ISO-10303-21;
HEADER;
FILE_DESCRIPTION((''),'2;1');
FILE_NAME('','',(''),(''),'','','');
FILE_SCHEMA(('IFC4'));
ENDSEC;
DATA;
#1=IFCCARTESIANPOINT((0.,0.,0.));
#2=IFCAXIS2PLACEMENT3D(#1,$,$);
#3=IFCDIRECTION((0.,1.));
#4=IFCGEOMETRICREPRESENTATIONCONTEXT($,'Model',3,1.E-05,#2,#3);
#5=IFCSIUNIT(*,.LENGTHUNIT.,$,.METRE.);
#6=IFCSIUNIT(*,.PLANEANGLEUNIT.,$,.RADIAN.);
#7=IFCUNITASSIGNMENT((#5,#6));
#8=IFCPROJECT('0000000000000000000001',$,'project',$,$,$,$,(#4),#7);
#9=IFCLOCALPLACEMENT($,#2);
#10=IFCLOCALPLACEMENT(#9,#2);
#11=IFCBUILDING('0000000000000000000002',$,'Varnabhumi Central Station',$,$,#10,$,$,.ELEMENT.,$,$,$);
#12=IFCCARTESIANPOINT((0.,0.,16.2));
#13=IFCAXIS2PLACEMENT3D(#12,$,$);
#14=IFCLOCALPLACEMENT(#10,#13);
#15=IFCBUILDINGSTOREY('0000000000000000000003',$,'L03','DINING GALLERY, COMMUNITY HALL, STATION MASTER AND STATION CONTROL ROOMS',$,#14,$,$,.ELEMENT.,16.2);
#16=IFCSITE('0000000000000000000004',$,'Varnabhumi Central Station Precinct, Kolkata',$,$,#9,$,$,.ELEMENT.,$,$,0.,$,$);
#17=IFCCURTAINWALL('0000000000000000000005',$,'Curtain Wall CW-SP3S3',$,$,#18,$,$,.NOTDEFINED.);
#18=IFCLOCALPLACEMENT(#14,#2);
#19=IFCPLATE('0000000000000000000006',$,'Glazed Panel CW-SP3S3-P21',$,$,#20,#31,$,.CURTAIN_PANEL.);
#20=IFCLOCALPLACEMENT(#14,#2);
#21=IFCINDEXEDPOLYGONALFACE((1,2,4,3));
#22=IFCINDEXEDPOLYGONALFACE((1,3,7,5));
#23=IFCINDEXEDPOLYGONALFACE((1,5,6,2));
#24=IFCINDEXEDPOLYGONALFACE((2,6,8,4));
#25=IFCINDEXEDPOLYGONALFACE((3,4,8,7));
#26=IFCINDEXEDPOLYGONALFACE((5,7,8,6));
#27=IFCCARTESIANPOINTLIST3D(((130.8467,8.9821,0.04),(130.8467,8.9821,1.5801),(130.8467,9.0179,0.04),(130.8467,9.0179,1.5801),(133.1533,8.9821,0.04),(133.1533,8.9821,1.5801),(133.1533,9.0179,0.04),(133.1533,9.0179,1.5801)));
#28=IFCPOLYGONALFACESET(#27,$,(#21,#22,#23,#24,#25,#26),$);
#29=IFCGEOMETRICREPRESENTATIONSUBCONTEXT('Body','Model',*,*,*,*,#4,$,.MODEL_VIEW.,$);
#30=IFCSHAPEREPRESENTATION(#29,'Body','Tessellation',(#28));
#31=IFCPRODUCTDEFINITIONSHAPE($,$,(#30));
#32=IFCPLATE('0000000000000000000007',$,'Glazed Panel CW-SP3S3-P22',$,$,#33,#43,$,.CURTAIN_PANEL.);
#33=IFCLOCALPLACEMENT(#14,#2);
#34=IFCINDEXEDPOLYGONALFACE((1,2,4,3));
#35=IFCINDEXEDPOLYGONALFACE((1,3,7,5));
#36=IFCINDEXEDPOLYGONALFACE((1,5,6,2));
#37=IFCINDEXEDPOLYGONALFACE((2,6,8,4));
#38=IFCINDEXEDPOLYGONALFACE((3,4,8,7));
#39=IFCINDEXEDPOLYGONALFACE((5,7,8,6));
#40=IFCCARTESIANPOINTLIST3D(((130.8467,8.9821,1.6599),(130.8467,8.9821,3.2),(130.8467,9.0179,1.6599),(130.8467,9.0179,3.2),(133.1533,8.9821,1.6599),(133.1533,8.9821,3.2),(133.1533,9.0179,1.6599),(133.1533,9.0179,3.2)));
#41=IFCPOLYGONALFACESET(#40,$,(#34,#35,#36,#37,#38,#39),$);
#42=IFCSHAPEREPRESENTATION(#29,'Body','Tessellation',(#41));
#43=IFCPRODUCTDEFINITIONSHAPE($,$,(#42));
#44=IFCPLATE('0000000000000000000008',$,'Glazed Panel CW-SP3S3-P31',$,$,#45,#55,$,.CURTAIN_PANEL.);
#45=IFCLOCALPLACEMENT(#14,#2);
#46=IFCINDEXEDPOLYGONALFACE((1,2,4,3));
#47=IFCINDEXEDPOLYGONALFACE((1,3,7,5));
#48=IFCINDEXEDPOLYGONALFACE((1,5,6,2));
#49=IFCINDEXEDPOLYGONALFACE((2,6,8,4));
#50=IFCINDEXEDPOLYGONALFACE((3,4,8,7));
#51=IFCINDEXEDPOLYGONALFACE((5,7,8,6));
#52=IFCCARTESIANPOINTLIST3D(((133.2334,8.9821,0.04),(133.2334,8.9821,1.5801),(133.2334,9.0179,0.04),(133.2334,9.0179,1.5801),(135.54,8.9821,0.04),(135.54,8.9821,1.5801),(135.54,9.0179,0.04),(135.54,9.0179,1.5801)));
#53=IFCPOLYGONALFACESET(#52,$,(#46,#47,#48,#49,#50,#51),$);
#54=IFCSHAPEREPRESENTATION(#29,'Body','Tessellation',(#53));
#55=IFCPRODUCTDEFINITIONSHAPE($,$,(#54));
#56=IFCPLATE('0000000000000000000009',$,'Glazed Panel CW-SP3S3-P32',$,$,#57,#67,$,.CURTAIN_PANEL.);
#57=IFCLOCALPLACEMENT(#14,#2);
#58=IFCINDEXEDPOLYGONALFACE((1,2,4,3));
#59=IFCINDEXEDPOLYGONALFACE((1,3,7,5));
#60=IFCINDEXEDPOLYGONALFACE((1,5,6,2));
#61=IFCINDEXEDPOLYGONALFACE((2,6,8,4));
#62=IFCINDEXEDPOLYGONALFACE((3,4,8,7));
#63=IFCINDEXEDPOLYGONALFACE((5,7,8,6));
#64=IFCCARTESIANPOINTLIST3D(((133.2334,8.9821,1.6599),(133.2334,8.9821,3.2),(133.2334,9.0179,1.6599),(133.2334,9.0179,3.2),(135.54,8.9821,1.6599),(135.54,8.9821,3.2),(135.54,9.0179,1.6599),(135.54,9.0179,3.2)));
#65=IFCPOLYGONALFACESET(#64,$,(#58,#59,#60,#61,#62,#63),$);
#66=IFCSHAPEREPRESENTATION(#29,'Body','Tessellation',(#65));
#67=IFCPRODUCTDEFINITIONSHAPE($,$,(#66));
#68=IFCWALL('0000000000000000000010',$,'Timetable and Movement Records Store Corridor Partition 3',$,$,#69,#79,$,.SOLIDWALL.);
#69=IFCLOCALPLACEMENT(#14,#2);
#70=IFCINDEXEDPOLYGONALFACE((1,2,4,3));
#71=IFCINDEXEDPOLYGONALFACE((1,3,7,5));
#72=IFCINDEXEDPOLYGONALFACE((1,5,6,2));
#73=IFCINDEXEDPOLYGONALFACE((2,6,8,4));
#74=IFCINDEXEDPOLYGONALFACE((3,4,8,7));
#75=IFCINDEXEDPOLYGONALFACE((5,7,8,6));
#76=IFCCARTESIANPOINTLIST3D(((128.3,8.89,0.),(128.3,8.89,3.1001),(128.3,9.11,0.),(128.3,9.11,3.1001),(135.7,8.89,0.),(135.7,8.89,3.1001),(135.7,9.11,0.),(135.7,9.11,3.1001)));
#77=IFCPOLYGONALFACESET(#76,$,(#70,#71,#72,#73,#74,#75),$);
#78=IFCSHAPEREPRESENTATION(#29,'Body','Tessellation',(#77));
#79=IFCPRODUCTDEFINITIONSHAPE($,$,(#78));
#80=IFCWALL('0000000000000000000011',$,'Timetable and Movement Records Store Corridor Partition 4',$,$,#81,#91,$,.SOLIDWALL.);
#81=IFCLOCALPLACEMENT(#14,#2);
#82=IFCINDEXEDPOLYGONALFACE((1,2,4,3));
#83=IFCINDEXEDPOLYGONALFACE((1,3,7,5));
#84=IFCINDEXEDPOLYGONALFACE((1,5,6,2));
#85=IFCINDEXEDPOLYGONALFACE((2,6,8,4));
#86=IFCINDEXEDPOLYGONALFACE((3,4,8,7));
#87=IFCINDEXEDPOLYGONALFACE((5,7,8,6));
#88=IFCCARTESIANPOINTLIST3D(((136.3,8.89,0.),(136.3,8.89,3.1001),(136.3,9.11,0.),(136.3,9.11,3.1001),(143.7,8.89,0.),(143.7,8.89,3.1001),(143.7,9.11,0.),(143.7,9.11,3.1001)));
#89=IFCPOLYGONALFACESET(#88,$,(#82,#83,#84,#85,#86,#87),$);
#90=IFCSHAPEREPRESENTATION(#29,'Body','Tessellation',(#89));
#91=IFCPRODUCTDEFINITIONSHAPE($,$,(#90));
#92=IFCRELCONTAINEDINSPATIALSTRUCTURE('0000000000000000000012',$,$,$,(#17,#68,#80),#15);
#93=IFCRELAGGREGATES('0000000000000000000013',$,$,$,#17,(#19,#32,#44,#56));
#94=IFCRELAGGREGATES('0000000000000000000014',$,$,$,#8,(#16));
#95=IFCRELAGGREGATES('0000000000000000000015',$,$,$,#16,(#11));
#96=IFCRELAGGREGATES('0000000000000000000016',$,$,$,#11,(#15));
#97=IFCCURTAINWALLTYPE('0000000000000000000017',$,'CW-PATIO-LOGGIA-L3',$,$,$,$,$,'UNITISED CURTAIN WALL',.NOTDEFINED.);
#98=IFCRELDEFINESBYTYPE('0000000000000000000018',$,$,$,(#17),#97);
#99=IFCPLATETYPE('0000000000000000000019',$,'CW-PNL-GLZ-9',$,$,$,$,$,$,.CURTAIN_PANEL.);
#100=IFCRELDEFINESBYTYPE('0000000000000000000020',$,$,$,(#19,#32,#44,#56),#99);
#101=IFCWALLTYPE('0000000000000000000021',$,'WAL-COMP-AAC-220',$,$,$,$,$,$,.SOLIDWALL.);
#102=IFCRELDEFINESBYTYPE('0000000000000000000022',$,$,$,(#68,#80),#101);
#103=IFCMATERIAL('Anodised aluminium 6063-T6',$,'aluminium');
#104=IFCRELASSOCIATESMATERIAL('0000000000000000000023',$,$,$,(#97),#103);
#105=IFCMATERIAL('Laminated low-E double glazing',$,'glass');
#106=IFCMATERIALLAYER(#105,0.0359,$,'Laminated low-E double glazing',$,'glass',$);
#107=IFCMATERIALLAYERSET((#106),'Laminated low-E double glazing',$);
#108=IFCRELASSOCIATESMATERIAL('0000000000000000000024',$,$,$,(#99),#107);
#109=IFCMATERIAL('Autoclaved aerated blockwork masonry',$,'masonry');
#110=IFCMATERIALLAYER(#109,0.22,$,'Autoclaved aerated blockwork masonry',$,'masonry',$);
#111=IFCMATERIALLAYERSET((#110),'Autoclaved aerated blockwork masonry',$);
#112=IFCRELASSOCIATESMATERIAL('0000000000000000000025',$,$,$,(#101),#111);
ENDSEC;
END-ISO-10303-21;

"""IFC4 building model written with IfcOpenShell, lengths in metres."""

from ifc_helpers import new_model, si_unit, direction, frame, frame_2d, origin, origin_2d, place, context, subcontext, project, spatial, rectangle, extrude, material, layer, layer_set, type_object, element, aggregate, save


model = new_model("IFC4")

# Units and contexts
model_context = context("Model", 3, precision=1e-05, world=origin(), true_north=direction((0.0, 1.0)))
body_context = subcontext(model_context, "Body", "Model", "MODEL_VIEW")
ifc_project = project(units=[si_unit("LENGTHUNIT", "METRE"), si_unit("PLANEANGLEUNIT", "RADIAN")], contexts=[model_context])

# Site, building, storey
site_placement = place(None, origin())
site = spatial("IfcSite", under=ifc_project, at=site_placement, Name="Varnabhumi Central Station Precinct, Kolkata", CompositionType="ELEMENT", RefElevation=0.0)
building_placement = place(site_placement, origin())
building = spatial("IfcBuilding", under=site, at=building_placement, Name="Varnabhumi Central Station", CompositionType="ELEMENT")
storey_placement = place(building_placement, frame((0.0, 0.0, 16.2)))
storey = spatial("IfcBuildingStorey", under=building, at=storey_placement, Name="L03", Description="DINING GALLERY, COMMUNITY HALL, STATION MASTER AND STATION CONTROL ROOMS", CompositionType="ELEMENT", Elevation=16.2)

# Shared definitions
ifc_material_1 = material(Name="Anodised aluminium 6063-T6", Category="aluminium")
curtain_wall_type = type_object("IfcCurtainWallType", Name="CW-PATIO-LOGGIA-L3", ElementType="UNITISED CURTAIN WALL", PredefinedType="NOTDEFINED", material=ifc_material_1)

# Curtain wall
curtain_wall_1_placement = place(storey_placement, origin())
curtain_wall_1 = element("IfcCurtainWall", 1, at=curtain_wall_1_placement, inside=storey, type_object=curtain_wall_type, Name="Curtain Wall CW-SP3S3", PredefinedType="NOTDEFINED")

# Plates
ifc_material_2 = material(Name="Laminated low-E double glazing", Category="glass")
ifc_layer_1 = layer(ifc_material_2, 0.0359, Name="Laminated low-E double glazing", Category="glass")
ifc_layer_set_1 = layer_set([ifc_layer_1], Name="Laminated low-E double glazing")
plate_type_1 = type_object("IfcPlateType", Name="CW-PNL-GLZ-9", PredefinedType="CURTAIN_PANEL", material=ifc_layer_set_1)
plate_1_placement = place(storey_placement, frame((132.0, 9.0, 0.04), z_axis=(0.0, 0.0, 1.0), x_axis=(1.0, 0.0, 0.0)))
plate_1 = element("IfcPlate", 2, at=plate_1_placement, type_object=plate_type_1, Name="Glazed Panel CW-SP3S3-P21", PredefinedType="CURTAIN_PANEL", context=body_context, shape_type="SweptSolid", body=[
    extrude(rectangle(XDim=2.3066, YDim=0.0359, at=origin_2d()), origin(), (0.0, 0.0, 1.0), 1.54),
])
plate_2_placement = place(storey_placement, frame((132.0, 9.0, 1.6599), z_axis=(0.0, 0.0, 1.0), x_axis=(1.0, 0.0, 0.0)))
plate_2 = element("IfcPlate", 3, at=plate_2_placement, type_object=plate_type_1, Name="Glazed Panel CW-SP3S3-P22", PredefinedType="CURTAIN_PANEL", context=body_context, shape_type="SweptSolid", body=[
    extrude(rectangle(XDim=2.3066, YDim=0.0359, at=origin_2d()), origin(), (0.0, 0.0, 1.0), 1.54),
])
plate_3_placement = place(storey_placement, frame((134.3867, 9.0, 0.04), z_axis=(0.0, 0.0, 1.0), x_axis=(1.0, 0.0, 0.0)))
plate_3 = element("IfcPlate", 4, at=plate_3_placement, type_object=plate_type_1, Name="Glazed Panel CW-SP3S3-P31", PredefinedType="CURTAIN_PANEL", context=body_context, shape_type="SweptSolid", body=[
    extrude(rectangle(XDim=2.3066, YDim=0.0359, at=origin_2d()), origin(), (0.0, 0.0, 1.0), 1.54),
])
plate_4_placement = place(storey_placement, frame((134.3867, 9.0, 1.6599), z_axis=(0.0, 0.0, 1.0), x_axis=(1.0, 0.0, 0.0)))
plate_4 = element("IfcPlate", 5, at=plate_4_placement, type_object=plate_type_1, Name="Glazed Panel CW-SP3S3-P32", PredefinedType="CURTAIN_PANEL", context=body_context, shape_type="SweptSolid", body=[
    extrude(rectangle(XDim=2.3066, YDim=0.0359, at=origin_2d()), origin(), (0.0, 0.0, 1.0), 1.54),
])
aggregate(curtain_wall_1, [plate_1, plate_2, plate_3, plate_4])

# Walls
ifc_material_3 = material(Name="Autoclaved aerated blockwork masonry", Category="masonry")
ifc_layer_2 = layer(ifc_material_3, 0.22, Name="Autoclaved aerated blockwork masonry", Category="masonry")
ifc_layer_set_2 = layer_set([ifc_layer_2], Name="Autoclaved aerated blockwork masonry")
wall_type = type_object("IfcWallType", Name="WAL-COMP-AAC-220", PredefinedType="SOLIDWALL", material=ifc_layer_set_2)
for number, where, z_axis, x_axis, name in (
    (6, (128.3, 9.0, 0.0), (0.0, 0.0, 1.0), (1.0, 0.0, 0.0), "Timetable and Movement Records Store Corridor Partition 3"),
    (7, (136.3, 9.0, 0.0), (0.0, 0.0, 1.0), (1.0, 0.0, 0.0), "Timetable and Movement Records Store Corridor Partition 4"),
):
    element("IfcWall", number, at=place(storey_placement, frame(where, z_axis=z_axis, x_axis=x_axis)), inside=storey, type_object=wall_type, Name=name, PredefinedType="SOLIDWALL", context=body_context, shape_type="SweptSolid", body=[
        extrude(rectangle(XDim=7.3999, YDim=0.22, at=frame_2d((3.7, 0.0))), origin(), (0.0, 0.0, 1.0), 3.1001),
    ])

save(model, "model.ifc")
